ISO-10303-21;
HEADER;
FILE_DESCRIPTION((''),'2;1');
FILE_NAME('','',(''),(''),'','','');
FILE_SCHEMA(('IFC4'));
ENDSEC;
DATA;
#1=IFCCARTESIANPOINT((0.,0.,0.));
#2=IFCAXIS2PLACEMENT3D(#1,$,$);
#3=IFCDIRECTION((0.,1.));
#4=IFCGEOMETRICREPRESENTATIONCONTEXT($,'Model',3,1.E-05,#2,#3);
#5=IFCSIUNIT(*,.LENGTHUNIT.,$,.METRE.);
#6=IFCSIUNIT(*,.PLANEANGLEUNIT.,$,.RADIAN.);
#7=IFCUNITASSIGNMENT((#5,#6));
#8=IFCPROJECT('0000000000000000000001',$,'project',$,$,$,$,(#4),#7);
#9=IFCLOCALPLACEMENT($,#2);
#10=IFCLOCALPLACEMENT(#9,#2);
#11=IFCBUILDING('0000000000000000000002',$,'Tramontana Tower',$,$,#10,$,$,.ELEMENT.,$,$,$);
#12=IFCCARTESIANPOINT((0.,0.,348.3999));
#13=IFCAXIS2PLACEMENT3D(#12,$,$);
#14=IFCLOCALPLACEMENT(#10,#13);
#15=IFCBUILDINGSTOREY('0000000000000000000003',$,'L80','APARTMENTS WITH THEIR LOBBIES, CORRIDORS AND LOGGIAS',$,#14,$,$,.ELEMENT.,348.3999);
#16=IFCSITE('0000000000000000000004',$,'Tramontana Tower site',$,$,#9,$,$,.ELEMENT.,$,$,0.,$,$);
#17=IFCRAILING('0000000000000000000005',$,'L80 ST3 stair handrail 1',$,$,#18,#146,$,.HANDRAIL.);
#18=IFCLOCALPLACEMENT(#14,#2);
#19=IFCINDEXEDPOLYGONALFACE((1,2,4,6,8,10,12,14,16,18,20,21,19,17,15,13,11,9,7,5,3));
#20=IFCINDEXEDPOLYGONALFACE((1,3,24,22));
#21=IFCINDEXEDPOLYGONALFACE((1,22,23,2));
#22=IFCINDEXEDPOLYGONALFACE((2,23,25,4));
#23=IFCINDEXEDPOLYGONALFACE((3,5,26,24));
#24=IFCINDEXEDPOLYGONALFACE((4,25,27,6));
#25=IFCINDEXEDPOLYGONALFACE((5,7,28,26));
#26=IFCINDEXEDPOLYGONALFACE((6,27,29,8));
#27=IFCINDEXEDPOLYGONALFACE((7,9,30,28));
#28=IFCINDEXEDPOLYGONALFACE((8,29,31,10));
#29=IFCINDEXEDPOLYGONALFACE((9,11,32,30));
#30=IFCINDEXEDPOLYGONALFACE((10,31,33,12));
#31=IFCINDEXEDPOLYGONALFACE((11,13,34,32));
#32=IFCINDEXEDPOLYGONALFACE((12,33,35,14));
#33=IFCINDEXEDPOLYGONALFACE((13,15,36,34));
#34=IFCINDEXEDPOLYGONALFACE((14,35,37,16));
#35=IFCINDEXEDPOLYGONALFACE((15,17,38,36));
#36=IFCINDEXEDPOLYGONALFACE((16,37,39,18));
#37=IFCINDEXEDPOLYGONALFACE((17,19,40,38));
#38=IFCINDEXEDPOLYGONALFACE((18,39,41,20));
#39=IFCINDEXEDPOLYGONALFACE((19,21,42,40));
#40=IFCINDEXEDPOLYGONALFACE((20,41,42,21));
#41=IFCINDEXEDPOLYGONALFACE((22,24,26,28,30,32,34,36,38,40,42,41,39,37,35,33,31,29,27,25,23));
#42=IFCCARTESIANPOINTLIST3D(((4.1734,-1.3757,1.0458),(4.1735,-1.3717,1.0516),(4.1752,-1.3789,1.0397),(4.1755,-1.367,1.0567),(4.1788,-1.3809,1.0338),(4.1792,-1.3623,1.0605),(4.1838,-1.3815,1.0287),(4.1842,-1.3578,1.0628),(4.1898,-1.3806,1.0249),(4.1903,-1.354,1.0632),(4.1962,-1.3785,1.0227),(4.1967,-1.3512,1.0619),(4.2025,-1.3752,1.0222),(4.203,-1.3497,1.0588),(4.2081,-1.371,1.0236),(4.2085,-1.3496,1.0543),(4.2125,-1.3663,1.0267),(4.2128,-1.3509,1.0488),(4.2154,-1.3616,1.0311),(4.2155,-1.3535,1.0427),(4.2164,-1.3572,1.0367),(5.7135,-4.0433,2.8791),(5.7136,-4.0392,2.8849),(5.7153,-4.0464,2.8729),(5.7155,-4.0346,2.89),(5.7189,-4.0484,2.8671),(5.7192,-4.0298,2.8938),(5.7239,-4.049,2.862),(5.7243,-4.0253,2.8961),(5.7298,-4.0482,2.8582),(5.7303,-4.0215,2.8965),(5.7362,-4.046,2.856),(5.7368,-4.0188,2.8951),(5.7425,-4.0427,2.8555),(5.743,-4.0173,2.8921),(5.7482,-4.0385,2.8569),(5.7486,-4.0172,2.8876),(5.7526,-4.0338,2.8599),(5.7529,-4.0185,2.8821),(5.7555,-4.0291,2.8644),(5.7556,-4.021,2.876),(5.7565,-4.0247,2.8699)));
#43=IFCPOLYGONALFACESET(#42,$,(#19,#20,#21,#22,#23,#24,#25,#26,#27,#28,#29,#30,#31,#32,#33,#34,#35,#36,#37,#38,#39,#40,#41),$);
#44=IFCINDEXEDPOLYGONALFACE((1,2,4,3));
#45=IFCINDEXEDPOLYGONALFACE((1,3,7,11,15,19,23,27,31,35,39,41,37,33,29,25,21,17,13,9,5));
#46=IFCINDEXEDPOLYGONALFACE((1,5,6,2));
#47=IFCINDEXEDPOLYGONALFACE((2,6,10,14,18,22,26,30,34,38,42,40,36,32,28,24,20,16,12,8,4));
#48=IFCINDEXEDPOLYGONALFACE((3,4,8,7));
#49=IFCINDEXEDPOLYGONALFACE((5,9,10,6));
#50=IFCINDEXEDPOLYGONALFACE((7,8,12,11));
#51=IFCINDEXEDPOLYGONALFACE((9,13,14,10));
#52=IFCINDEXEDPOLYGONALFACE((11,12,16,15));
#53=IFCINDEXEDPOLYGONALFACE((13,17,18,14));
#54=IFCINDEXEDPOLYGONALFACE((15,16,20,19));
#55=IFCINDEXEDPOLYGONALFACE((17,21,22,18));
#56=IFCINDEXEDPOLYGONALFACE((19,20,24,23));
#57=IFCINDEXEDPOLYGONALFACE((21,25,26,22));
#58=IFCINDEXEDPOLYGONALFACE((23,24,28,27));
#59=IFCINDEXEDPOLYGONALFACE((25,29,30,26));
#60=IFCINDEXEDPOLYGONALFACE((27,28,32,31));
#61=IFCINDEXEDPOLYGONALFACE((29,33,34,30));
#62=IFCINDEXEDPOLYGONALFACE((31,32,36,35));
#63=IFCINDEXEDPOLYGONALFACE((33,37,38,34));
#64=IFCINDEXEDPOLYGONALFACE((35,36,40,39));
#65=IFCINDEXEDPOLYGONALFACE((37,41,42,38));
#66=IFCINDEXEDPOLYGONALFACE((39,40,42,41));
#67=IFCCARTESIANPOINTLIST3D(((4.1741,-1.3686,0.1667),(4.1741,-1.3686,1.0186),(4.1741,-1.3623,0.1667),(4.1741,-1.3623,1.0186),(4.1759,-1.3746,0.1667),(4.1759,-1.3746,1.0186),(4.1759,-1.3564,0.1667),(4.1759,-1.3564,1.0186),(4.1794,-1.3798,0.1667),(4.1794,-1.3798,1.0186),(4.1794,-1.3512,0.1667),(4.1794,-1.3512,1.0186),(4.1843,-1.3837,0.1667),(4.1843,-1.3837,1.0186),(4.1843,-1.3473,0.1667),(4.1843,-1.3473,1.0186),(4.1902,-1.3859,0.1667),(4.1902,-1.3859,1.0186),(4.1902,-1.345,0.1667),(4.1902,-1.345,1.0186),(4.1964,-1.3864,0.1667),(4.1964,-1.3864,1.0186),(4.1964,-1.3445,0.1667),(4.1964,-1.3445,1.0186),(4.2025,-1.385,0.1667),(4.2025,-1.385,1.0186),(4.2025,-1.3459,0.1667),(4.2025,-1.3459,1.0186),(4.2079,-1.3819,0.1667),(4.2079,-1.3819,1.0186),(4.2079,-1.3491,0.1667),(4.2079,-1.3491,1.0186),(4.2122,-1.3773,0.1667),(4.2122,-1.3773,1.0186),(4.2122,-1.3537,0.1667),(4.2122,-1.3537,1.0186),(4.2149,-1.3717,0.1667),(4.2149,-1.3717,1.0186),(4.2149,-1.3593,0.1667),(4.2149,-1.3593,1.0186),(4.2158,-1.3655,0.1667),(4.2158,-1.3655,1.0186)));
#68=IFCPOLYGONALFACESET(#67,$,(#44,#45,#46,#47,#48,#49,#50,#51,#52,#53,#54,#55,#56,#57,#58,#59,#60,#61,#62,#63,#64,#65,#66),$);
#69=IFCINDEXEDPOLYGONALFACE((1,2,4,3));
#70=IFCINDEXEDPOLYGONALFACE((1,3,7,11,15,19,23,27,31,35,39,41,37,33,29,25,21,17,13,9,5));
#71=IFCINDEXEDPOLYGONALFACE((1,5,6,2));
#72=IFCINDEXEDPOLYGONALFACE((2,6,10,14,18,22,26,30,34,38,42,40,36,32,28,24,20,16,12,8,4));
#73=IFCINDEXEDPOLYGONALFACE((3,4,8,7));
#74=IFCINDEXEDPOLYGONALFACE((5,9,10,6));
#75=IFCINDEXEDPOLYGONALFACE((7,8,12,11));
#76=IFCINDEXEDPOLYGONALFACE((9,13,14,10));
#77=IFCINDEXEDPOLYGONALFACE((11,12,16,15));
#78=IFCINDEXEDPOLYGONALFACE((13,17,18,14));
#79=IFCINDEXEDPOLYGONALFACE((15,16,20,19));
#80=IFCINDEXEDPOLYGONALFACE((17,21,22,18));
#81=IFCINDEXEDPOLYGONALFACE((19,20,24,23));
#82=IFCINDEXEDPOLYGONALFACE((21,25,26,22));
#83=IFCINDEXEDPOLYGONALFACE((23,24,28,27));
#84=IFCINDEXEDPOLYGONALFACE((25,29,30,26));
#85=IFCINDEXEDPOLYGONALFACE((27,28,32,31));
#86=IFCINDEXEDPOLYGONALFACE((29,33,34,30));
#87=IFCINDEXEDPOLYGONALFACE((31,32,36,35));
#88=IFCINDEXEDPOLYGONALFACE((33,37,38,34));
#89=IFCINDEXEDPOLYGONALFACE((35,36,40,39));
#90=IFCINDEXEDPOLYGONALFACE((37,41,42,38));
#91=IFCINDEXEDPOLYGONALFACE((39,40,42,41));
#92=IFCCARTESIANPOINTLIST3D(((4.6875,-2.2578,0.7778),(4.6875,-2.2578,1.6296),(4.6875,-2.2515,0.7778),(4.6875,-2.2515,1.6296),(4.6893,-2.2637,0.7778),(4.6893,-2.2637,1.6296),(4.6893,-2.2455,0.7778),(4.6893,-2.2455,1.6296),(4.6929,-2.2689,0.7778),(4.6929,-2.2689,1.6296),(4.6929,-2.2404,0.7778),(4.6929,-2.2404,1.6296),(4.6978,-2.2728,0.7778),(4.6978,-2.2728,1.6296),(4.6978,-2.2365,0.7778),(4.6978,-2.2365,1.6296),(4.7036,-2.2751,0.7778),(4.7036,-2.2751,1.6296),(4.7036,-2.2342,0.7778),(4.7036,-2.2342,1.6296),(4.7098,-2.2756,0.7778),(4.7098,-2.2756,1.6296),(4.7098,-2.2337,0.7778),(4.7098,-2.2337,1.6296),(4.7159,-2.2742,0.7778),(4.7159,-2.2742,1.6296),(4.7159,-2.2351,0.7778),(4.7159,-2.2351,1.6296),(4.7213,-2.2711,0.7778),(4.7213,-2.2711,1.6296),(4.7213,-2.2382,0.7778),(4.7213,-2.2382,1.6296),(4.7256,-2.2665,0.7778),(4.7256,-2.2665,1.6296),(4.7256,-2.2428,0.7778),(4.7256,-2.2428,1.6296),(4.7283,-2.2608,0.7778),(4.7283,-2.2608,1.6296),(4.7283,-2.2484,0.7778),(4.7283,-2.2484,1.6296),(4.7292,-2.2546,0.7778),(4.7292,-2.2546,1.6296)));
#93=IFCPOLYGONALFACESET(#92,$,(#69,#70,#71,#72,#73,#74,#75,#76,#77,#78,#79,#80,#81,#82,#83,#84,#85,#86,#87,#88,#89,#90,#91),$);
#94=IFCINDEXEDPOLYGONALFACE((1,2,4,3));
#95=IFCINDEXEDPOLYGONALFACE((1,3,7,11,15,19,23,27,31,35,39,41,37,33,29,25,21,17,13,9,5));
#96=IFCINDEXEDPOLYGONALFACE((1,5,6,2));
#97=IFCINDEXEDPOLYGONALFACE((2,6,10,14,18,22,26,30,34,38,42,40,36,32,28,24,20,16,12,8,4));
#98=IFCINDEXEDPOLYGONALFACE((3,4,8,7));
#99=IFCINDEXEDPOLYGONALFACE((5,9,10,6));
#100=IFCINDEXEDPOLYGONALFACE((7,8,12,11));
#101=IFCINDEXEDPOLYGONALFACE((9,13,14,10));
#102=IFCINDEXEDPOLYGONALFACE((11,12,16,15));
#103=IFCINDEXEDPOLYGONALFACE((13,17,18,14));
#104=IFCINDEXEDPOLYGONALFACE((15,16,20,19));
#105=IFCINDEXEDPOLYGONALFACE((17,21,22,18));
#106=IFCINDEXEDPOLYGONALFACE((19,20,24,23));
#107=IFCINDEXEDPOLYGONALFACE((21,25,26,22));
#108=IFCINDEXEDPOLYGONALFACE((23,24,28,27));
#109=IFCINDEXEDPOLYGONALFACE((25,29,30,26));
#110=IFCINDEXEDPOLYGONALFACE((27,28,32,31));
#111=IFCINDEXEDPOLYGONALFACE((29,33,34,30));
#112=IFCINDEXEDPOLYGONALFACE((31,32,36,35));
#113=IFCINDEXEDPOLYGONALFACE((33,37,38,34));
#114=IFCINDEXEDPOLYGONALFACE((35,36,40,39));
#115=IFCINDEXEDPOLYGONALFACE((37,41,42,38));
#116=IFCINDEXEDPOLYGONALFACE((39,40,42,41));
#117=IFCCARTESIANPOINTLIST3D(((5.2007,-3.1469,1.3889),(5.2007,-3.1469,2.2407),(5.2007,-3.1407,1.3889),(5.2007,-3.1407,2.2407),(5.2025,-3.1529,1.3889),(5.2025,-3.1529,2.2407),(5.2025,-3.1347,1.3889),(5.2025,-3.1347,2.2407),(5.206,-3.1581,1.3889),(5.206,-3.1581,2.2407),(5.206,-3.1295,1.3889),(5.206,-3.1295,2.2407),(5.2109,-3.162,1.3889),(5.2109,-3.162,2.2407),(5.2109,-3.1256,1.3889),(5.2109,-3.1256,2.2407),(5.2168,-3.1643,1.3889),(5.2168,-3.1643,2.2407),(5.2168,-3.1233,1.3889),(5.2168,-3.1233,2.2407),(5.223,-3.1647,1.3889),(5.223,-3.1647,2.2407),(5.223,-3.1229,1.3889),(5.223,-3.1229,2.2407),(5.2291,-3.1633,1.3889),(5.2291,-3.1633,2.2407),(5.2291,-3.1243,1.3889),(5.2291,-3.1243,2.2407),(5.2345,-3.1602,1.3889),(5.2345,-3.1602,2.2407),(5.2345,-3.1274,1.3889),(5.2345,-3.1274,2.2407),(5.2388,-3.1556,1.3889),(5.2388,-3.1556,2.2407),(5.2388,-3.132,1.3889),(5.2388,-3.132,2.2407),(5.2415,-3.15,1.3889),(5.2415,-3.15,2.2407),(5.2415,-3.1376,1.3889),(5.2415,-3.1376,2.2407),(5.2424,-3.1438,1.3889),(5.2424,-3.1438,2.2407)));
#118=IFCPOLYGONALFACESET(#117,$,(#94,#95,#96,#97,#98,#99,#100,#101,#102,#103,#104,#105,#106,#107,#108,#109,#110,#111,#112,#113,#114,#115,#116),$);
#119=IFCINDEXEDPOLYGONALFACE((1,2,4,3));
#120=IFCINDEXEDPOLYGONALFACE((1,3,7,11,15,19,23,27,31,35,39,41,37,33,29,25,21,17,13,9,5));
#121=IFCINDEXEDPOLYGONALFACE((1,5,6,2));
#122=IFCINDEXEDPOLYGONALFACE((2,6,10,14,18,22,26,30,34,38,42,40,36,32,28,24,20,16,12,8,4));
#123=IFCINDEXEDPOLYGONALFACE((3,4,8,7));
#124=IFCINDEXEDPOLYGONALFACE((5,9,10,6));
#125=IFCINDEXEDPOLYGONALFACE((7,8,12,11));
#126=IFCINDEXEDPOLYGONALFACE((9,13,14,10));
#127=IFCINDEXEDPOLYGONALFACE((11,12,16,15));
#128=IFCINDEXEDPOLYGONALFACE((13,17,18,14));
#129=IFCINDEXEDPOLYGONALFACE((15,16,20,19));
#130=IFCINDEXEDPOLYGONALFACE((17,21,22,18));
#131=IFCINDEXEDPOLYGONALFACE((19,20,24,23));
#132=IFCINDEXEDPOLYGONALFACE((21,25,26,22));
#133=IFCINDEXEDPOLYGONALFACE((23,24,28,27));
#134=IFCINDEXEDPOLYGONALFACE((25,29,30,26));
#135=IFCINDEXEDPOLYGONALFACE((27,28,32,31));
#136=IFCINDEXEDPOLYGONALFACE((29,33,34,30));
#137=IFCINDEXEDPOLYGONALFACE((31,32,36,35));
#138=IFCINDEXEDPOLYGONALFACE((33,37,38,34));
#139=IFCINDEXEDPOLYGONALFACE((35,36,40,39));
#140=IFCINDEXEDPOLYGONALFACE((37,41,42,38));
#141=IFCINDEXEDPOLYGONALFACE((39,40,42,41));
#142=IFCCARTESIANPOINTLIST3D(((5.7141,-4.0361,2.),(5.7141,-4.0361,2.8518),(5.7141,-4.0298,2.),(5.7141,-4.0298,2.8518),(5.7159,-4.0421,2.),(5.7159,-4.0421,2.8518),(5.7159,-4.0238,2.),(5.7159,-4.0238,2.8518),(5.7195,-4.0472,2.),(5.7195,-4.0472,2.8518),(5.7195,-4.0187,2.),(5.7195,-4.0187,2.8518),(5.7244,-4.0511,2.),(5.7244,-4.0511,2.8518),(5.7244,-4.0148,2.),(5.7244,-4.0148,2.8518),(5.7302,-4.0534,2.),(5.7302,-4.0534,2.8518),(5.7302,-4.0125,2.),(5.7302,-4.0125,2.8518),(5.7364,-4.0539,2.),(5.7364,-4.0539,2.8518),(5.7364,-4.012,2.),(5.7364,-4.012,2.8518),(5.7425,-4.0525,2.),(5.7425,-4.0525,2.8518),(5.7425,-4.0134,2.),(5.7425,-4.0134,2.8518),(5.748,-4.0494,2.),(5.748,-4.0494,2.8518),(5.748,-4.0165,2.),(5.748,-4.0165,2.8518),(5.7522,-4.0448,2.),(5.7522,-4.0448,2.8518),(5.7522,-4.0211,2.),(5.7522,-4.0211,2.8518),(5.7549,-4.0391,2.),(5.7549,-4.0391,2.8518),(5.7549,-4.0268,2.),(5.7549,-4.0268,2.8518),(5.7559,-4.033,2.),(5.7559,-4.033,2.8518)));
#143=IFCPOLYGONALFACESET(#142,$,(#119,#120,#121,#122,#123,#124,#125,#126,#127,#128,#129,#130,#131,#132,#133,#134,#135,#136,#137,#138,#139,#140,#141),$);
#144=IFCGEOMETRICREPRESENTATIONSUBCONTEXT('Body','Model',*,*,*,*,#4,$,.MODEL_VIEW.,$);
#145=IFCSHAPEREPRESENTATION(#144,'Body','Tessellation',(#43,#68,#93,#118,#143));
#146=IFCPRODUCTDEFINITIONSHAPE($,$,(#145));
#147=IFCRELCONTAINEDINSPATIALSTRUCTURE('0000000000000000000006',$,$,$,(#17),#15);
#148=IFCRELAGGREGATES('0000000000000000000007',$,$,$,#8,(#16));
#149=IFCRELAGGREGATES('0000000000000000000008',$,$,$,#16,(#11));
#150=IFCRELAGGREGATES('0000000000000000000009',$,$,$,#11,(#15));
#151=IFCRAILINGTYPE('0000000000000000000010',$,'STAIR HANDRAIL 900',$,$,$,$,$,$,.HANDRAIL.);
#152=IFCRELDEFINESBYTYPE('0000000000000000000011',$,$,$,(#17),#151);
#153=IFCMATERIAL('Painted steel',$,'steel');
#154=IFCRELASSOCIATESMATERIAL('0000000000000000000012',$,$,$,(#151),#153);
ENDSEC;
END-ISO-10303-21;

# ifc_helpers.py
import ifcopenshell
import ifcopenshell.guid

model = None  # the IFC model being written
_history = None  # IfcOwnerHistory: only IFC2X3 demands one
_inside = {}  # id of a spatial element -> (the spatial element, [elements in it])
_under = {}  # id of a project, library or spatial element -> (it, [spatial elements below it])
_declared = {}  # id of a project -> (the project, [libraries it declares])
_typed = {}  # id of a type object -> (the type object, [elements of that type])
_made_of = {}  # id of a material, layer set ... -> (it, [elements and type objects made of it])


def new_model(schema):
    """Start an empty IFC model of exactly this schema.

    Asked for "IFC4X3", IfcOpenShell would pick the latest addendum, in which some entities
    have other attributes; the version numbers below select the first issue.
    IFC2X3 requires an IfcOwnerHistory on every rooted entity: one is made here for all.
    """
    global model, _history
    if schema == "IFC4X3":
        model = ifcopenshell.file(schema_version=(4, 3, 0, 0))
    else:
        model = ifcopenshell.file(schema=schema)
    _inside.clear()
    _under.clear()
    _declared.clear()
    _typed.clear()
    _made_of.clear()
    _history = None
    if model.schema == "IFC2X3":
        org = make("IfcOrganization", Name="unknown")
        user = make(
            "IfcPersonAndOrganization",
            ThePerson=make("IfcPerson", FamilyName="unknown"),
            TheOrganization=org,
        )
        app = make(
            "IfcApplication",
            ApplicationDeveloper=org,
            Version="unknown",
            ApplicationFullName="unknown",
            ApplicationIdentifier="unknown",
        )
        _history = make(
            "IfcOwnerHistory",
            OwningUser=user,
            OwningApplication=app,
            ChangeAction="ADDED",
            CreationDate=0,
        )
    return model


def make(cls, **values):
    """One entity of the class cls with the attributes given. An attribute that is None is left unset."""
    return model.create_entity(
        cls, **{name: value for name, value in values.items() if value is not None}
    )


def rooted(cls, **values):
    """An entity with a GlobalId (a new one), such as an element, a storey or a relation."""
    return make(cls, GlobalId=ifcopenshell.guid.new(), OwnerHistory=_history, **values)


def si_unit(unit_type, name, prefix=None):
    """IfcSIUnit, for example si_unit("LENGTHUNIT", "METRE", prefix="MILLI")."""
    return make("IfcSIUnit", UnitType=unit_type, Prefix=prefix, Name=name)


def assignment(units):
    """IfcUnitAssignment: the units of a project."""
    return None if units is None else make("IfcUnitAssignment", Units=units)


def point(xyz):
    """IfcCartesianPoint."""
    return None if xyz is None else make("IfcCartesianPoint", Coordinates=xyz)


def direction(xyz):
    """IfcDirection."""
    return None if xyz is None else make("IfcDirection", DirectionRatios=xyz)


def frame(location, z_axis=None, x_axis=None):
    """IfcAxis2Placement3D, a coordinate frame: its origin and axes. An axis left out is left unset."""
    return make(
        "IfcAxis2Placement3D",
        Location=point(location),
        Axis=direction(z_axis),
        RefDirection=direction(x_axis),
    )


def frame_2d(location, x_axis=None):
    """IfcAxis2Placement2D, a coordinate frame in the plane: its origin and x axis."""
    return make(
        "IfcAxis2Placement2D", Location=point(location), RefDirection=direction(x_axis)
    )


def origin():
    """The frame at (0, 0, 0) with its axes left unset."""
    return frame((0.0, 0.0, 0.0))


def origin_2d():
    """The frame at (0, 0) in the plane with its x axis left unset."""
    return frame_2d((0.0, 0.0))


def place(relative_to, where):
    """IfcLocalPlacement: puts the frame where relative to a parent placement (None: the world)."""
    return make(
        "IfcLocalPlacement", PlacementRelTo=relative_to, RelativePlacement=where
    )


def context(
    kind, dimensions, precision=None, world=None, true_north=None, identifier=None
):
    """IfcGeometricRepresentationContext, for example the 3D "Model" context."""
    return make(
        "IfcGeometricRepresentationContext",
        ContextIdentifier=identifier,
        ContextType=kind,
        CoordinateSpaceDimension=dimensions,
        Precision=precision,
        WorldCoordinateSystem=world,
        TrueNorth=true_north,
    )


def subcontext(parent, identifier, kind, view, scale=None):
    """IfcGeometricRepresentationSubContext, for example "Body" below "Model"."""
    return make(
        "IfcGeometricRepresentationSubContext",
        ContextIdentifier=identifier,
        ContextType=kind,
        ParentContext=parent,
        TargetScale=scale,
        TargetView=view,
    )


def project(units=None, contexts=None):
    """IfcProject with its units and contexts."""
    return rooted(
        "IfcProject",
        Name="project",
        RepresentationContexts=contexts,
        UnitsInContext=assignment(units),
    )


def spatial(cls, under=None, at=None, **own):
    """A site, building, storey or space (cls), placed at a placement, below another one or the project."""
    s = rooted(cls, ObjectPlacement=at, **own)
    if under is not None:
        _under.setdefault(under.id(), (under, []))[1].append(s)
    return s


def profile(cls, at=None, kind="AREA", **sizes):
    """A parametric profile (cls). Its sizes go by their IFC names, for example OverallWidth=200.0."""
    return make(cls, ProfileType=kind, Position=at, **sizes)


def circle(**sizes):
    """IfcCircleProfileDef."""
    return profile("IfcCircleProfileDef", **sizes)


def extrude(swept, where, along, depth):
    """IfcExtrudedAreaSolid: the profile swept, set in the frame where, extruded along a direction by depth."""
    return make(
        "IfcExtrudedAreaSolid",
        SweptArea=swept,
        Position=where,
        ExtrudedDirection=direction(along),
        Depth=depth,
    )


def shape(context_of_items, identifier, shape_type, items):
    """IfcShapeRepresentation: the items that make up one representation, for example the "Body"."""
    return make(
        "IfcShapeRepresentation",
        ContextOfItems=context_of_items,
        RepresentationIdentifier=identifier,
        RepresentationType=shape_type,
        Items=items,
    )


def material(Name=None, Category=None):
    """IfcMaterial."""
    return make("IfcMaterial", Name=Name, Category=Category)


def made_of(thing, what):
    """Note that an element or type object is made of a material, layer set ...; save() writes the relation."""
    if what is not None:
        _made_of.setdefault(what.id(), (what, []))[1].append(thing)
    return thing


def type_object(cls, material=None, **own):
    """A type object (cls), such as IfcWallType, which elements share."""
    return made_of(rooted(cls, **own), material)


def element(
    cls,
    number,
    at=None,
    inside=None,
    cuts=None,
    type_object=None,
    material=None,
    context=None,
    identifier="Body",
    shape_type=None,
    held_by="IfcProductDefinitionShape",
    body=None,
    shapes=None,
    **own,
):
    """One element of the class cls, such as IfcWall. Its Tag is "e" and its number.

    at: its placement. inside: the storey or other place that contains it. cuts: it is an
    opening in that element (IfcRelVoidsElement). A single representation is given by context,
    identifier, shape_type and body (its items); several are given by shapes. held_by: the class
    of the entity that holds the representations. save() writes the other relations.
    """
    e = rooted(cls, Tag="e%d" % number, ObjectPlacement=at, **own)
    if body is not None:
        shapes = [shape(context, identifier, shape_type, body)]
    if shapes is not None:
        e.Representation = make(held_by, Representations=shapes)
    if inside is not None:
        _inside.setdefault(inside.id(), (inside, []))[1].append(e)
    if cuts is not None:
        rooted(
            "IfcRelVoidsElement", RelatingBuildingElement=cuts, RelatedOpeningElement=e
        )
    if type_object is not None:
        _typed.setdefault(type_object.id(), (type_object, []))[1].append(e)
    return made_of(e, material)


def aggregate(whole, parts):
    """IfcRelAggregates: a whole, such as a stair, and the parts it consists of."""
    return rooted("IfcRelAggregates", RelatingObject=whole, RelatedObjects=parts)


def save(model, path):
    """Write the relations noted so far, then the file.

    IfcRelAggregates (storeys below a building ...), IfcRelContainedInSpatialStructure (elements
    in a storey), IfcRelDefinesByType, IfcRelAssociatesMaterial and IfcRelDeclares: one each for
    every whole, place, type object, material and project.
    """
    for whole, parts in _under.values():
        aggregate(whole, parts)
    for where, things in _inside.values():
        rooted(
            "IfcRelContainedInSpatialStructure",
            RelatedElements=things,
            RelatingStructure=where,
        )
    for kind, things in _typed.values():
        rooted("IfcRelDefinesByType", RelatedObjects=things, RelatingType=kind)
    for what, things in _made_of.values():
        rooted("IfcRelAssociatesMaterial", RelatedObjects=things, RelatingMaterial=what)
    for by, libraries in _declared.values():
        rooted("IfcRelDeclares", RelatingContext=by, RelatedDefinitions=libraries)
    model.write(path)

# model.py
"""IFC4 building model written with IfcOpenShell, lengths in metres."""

from ifc_helpers import new_model, si_unit, direction, frame, origin, origin_2d, place, context, subcontext, project, spatial, circle, extrude, material, type_object, element, save


model = new_model("IFC4")

# Units and contexts
model_context = context("Model", 3, precision=1e-05, world=origin(), true_north=direction((0.0, 1.0)))
body_context = subcontext(model_context, "Body", "Model", "MODEL_VIEW")
ifc_project = project(units=[si_unit("LENGTHUNIT", "METRE"), si_unit("PLANEANGLEUNIT", "RADIAN")], contexts=[model_context])

# Site, building, storey
site_placement = place(None, origin())
site = spatial("IfcSite", under=ifc_project, at=site_placement, Name="Tramontana Tower site", CompositionType="ELEMENT", RefElevation=0.0)
building_placement = place(site_placement, origin())
building = spatial("IfcBuilding", under=site, at=building_placement, Name="Tramontana Tower", CompositionType="ELEMENT")
storey_placement = place(building_placement, frame((0.0, 0.0, 348.3999)))
storey = spatial("IfcBuildingStorey", under=building, at=storey_placement, Name="L80", Description="APARTMENTS WITH THEIR LOBBIES, CORRIDORS AND LOGGIAS", CompositionType="ELEMENT", Elevation=348.3999)

# Railing
ifc_material_1 = material(Name="Painted steel", Category="steel")
railing_type_1 = type_object("IfcRailingType", Name="STAIR HANDRAIL 900", PredefinedType="HANDRAIL", material=ifc_material_1)
railing_1_placement = place(storey_placement, frame((4.1948, -1.3655, 0.1667)))
element("IfcRailing", 1, at=railing_1_placement, inside=storey, type_object=railing_type_1, Name="L80 ST3 stair handrail 1", PredefinedType="HANDRAIL", context=body_context, shape_type="SweptSolid", body=[
    extrude(circle(Radius=0.0239, at=origin_2d()), frame((0.0, 0.0, 0.876), z_axis=(0.429649, -0.74419, 0.511452), x_axis=(0.86603, 0.499992, 0.0)), (0.0, 0.0, 1.0), 3.5845),
    extrude(circle(Radius=0.021, at=origin_2d()), origin(), (0.0, 0.0, 1.0), 0.8518),
    extrude(circle(Radius=0.021, at=origin_2d()), frame((0.5134, -0.8892, 0.6111)), (0.0, 0.0, 1.0), 0.8518),
    extrude(circle(Radius=0.021, at=origin_2d()), frame((1.0266, -1.7783, 1.2222)), (0.0, 0.0, 1.0), 0.8518),
    extrude(circle(Radius=0.021, at=origin_2d()), frame((1.54, -2.6675, 1.8333)), (0.0, 0.0, 1.0), 0.8518),
])

save(model, "model.ifc")
